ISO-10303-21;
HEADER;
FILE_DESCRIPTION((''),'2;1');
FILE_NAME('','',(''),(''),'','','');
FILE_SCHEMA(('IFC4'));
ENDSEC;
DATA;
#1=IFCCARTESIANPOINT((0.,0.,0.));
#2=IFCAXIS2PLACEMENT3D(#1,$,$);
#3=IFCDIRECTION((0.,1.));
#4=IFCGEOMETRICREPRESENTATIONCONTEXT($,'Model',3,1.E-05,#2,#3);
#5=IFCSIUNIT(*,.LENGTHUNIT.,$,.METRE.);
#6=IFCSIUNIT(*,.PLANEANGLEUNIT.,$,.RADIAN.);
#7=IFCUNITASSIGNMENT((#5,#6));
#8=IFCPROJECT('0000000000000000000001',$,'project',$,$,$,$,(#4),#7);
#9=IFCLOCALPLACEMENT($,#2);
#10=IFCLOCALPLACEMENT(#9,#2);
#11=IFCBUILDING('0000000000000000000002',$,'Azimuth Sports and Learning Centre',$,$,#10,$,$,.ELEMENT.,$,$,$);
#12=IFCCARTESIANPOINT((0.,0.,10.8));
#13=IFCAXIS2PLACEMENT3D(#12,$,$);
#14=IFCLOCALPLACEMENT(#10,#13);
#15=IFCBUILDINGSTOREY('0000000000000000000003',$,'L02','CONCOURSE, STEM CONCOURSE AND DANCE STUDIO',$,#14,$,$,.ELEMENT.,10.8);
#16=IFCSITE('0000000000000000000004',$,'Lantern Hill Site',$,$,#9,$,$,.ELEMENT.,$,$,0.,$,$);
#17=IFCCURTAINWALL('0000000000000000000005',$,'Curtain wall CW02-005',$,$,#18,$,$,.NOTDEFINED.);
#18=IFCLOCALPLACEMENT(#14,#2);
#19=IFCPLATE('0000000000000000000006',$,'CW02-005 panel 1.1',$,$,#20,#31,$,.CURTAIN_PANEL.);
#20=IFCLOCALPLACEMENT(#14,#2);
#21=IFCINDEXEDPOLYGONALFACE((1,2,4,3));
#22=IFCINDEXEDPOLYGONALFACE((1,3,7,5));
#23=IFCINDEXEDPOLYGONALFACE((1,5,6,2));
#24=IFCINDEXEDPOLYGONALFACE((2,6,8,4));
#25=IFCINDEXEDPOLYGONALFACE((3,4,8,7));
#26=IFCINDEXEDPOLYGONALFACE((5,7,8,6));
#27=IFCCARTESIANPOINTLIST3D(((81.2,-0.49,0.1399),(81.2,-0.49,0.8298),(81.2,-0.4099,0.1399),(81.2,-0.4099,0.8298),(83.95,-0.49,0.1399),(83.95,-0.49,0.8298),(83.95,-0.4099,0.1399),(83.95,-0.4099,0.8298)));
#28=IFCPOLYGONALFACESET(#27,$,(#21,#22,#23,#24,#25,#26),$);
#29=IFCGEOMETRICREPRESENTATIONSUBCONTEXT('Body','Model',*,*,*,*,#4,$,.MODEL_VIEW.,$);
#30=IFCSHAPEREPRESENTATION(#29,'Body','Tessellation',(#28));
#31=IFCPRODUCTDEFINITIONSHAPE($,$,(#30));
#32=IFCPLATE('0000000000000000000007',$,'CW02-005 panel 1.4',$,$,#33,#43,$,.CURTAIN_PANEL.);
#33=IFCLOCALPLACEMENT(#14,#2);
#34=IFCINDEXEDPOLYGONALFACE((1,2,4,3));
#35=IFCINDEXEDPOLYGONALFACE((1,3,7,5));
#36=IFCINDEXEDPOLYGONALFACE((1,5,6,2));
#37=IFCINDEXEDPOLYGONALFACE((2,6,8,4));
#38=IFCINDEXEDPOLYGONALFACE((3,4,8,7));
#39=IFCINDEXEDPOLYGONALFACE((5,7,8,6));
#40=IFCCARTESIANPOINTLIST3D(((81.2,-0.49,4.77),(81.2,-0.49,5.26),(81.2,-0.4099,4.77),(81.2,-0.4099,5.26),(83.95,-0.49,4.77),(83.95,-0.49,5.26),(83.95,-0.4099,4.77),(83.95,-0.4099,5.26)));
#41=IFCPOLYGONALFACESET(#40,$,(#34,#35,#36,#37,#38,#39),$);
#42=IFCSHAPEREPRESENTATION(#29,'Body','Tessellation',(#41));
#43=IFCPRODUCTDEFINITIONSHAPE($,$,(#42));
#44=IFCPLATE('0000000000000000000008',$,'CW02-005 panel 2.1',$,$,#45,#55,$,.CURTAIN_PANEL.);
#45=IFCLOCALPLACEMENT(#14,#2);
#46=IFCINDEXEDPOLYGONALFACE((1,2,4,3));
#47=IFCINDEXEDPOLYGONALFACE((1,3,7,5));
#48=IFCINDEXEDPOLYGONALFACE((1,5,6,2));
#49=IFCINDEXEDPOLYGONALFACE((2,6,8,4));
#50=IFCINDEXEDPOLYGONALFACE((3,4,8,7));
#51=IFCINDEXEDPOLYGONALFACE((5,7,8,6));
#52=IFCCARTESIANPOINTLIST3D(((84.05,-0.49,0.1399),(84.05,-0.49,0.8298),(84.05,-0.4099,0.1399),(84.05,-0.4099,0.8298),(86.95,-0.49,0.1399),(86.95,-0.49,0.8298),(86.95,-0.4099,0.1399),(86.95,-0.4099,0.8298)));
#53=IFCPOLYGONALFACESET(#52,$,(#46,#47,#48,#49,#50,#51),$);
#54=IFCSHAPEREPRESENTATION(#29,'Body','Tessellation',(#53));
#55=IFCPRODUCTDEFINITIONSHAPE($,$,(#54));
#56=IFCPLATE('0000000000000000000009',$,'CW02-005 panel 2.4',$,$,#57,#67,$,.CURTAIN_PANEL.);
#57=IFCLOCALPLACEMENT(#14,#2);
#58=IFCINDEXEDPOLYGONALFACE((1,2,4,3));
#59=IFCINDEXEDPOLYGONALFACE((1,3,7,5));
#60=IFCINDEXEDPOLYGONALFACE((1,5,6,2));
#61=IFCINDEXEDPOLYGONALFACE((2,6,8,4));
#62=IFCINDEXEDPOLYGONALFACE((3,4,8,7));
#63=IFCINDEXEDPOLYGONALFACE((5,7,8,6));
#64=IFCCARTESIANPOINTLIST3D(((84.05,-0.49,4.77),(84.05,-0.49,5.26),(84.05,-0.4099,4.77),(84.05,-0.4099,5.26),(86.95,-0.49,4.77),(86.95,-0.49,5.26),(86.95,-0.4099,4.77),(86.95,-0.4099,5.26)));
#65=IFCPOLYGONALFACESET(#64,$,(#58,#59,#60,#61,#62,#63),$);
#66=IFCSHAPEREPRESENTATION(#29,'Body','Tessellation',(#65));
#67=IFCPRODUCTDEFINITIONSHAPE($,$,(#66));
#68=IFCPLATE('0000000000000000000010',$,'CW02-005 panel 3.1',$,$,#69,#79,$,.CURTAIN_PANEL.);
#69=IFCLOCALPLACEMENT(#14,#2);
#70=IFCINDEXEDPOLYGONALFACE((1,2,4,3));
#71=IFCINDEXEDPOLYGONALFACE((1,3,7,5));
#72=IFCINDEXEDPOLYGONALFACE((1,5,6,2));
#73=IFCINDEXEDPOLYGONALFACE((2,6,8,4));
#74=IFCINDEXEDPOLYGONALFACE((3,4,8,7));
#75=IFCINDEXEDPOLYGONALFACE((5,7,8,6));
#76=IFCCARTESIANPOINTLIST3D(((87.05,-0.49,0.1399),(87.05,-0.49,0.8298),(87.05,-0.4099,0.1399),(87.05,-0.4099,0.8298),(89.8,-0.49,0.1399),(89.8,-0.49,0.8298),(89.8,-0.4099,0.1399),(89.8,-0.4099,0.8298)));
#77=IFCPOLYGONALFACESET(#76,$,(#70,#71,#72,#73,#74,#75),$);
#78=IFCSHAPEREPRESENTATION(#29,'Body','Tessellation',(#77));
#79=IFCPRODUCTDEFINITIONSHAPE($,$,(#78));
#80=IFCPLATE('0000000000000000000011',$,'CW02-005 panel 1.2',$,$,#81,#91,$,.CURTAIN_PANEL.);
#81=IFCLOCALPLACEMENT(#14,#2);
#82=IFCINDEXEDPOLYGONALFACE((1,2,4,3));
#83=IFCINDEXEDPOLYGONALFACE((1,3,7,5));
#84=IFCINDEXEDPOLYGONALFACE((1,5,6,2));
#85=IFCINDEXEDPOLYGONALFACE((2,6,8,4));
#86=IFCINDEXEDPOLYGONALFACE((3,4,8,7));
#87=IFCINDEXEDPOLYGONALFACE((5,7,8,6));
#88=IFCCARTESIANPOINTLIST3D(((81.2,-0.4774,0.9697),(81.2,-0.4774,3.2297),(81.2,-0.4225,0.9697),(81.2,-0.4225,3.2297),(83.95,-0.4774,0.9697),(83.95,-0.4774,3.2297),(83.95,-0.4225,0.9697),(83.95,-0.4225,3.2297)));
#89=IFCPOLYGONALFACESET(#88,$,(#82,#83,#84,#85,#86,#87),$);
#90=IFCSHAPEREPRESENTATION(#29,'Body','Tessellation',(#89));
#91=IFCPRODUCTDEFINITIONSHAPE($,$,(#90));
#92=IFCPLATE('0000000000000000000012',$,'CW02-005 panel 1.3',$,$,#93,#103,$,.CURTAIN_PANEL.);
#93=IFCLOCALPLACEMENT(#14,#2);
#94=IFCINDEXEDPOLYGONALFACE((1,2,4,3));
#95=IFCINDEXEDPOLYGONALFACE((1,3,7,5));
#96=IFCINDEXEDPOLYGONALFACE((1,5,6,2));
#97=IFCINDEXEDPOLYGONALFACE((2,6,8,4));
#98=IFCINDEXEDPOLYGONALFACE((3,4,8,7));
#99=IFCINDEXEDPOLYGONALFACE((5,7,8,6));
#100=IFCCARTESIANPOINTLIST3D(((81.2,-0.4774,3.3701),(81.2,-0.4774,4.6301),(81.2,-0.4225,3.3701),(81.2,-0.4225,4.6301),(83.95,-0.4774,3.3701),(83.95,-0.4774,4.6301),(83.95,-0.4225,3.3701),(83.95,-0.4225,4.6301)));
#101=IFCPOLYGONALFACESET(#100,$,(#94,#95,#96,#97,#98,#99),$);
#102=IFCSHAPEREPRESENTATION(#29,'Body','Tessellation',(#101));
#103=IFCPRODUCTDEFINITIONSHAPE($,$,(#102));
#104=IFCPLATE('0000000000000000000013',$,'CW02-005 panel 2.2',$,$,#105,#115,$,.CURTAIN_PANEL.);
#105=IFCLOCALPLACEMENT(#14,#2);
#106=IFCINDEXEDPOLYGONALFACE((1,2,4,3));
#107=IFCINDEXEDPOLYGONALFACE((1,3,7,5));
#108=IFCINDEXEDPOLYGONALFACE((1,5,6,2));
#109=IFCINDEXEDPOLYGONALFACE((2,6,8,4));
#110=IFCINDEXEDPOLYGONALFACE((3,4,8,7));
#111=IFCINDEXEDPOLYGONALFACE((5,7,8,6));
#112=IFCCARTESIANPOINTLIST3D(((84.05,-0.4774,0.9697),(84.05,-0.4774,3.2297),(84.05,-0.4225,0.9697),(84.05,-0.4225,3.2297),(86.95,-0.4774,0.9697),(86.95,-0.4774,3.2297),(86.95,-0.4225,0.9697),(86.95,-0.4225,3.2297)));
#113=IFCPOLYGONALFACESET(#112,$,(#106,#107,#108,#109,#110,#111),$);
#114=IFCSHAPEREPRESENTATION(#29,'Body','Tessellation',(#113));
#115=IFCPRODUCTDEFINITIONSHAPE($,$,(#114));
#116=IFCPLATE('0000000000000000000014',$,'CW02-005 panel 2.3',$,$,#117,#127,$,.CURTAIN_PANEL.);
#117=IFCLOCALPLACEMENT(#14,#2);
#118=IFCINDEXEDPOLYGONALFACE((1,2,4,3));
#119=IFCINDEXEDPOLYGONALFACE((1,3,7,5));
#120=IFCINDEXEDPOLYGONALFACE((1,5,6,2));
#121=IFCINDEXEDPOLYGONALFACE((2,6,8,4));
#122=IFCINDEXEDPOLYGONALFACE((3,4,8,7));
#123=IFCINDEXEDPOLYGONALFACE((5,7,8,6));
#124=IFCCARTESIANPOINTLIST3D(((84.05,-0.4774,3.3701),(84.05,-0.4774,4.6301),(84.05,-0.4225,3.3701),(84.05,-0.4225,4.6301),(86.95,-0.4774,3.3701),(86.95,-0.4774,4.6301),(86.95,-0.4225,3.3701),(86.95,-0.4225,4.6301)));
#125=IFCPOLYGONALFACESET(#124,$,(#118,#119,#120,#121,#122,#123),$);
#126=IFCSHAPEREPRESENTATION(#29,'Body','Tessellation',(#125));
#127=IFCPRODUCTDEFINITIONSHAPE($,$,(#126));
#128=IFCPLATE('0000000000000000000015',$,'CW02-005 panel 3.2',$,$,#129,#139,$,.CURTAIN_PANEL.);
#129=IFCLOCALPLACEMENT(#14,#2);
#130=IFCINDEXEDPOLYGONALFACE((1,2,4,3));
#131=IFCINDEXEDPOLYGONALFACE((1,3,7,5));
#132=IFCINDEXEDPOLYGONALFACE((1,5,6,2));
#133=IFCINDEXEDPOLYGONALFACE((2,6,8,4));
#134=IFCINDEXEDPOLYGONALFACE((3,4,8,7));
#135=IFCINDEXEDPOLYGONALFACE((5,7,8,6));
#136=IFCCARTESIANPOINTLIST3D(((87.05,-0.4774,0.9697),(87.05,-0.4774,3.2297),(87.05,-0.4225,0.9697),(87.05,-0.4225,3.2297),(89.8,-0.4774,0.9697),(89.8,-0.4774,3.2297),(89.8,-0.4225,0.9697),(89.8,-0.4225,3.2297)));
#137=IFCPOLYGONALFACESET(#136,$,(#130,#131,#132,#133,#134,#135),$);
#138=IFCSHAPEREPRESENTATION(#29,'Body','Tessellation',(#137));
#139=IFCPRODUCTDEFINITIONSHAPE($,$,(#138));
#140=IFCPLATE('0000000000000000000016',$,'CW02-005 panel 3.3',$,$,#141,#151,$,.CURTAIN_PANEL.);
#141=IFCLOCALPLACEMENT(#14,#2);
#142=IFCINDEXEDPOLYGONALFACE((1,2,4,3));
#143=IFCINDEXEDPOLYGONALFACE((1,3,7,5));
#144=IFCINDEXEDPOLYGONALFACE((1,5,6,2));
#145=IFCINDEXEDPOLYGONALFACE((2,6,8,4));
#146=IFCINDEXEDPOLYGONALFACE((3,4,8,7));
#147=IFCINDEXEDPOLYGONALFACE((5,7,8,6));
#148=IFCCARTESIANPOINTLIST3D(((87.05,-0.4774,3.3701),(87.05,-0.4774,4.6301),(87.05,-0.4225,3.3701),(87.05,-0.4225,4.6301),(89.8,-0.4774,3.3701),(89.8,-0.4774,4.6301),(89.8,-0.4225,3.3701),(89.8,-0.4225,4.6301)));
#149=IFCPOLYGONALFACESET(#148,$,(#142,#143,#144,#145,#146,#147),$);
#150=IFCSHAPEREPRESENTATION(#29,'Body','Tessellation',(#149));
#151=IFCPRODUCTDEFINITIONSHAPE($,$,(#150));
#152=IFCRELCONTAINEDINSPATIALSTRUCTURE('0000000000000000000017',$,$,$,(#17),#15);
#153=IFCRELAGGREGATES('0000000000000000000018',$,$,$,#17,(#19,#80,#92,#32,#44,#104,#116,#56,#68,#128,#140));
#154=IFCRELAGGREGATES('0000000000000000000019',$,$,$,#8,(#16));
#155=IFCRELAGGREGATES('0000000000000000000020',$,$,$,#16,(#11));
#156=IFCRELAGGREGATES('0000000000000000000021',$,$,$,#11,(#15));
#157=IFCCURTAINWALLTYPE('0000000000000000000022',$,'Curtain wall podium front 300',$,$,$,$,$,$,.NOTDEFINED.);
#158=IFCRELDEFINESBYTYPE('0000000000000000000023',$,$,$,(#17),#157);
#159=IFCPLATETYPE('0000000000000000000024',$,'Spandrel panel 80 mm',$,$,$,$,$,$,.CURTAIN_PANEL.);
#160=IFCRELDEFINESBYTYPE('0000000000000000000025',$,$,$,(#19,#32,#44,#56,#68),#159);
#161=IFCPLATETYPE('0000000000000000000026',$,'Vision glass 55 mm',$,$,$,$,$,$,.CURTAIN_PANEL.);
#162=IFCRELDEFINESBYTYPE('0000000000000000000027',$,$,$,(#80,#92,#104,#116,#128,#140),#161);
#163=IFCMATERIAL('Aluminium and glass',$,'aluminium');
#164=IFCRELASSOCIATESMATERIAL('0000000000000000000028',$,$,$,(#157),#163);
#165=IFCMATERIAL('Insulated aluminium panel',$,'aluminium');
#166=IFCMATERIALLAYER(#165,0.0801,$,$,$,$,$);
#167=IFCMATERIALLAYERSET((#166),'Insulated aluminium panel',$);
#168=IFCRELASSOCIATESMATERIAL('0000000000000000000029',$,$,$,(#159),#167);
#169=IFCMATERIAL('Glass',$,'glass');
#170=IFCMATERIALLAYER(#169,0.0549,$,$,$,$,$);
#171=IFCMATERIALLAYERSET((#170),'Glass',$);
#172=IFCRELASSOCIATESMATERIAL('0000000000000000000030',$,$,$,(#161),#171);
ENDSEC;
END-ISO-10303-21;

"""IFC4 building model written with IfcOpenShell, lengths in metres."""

from ifc_helpers import new_model, si_unit, direction, frame, origin, origin_2d, place, context, subcontext, project, spatial, rectangle, extrude, material, layer, layer_set, type_object, element, aggregate, save


model = new_model("IFC4")

# Units and contexts
model_context = context("Model", 3, precision=1e-05, world=origin(), true_north=direction((0.0, 1.0)))
body_context = subcontext(model_context, "Body", "Model", "MODEL_VIEW")
ifc_project = project(units=[si_unit("LENGTHUNIT", "METRE"), si_unit("PLANEANGLEUNIT", "RADIAN")], contexts=[model_context])

# Site, building, storey
site_placement = place(None, origin())
site = spatial("IfcSite", under=ifc_project, at=site_placement, Name="Lantern Hill Site", CompositionType="ELEMENT", RefElevation=0.0)
building_placement = place(site_placement, origin())
building = spatial("IfcBuilding", under=site, at=building_placement, Name="Azimuth Sports and Learning Centre", CompositionType="ELEMENT")
storey_placement = place(building_placement, frame((0.0, 0.0, 10.8)))
storey = spatial("IfcBuildingStorey", under=building, at=storey_placement, Name="L02", Description="CONCOURSE, STEM CONCOURSE AND DANCE STUDIO", CompositionType="ELEMENT", Elevation=10.8)

# Curtain wall, plates
ifc_material_1 = material(Name="Aluminium and glass", Category="aluminium")
curtain_wall_type = type_object("IfcCurtainWallType", Name="Curtain wall podium front 300", PredefinedType="NOTDEFINED", material=ifc_material_1)
curtain_wall_placement = place(storey_placement, origin())
curtain_wall = element("IfcCurtainWall", 1, at=curtain_wall_placement, inside=storey, type_object=curtain_wall_type, Name="Curtain wall CW02-005", PredefinedType="NOTDEFINED")
ifc_material_2 = material(Name="Insulated aluminium panel", Category="aluminium")
ifc_layer_1 = layer(ifc_material_2, 0.0801)
ifc_layer_set_1 = layer_set([ifc_layer_1], Name="Insulated aluminium panel")
plate_type_1 = type_object("IfcPlateType", Name="Spandrel panel 80 mm", PredefinedType="CURTAIN_PANEL", material=ifc_layer_set_1)
plate_1_placement = place(storey_placement, frame((82.575, -0.45, 0.1399), z_axis=(0.0, 0.0, 1.0), x_axis=(1.0, 0.0, 0.0)))
plate_1 = element("IfcPlate", 2, at=plate_1_placement, type_object=plate_type_1, Name="CW02-005 panel 1.1", PredefinedType="CURTAIN_PANEL", context=body_context, shape_type="SweptSolid", body=[
    extrude(rectangle(XDim=2.75, YDim=0.0801, at=origin_2d()), origin(), (0.0, 0.0, 1.0), 0.6899),
])
plate_2_placement = place(storey_placement, frame((82.575, -0.45, 4.77), z_axis=(0.0, 0.0, 1.0), x_axis=(1.0, 0.0, 0.0)))
plate_2 = element("IfcPlate", 3, at=plate_2_placement, type_object=plate_type_1, Name="CW02-005 panel 1.4", PredefinedType="CURTAIN_PANEL", context=body_context, shape_type="SweptSolid", body=[
    extrude(rectangle(XDim=2.75, YDim=0.0801, at=origin_2d()), origin(), (0.0, 0.0, 1.0), 0.49),
])
plate_3_placement = place(storey_placement, frame((85.5, -0.45, 0.1399), z_axis=(0.0, 0.0, 1.0), x_axis=(1.0, 0.0, 0.0)))
plate_3 = element("IfcPlate", 4, at=plate_3_placement, type_object=plate_type_1, Name="CW02-005 panel 2.1", PredefinedType="CURTAIN_PANEL", context=body_context, shape_type="SweptSolid", body=[
    extrude(rectangle(XDim=2.8999, YDim=0.0801, at=origin_2d()), origin(), (0.0, 0.0, 1.0), 0.6899),
])
plate_4_placement = place(storey_placement, frame((85.5, -0.45, 4.77), z_axis=(0.0, 0.0, 1.0), x_axis=(1.0, 0.0, 0.0)))
plate_4 = element("IfcPlate", 5, at=plate_4_placement, type_object=plate_type_1, Name="CW02-005 panel 2.4", PredefinedType="CURTAIN_PANEL", context=body_context, shape_type="SweptSolid", body=[
    extrude(rectangle(XDim=2.8999, YDim=0.0801, at=origin_2d()), origin(), (0.0, 0.0, 1.0), 0.49),
])
plate_5_placement = place(storey_placement, frame((88.425, -0.45, 0.1399), z_axis=(0.0, 0.0, 1.0), x_axis=(1.0, 0.0, 0.0)))
plate_5 = element("IfcPlate", 6, at=plate_5_placement, type_object=plate_type_1, Name="CW02-005 panel 3.1", PredefinedType="CURTAIN_PANEL", context=body_context, shape_type="SweptSolid", body=[
    extrude(rectangle(XDim=2.75, YDim=0.0801, at=origin_2d()), origin(), (0.0, 0.0, 1.0), 0.6899),
])
ifc_material_3 = material(Name="Glass", Category="glass")
ifc_layer_2 = layer(ifc_material_3, 0.0549)
ifc_layer_set_2 = layer_set([ifc_layer_2], Name="Glass")
plate_type_2 = type_object("IfcPlateType", Name="Vision glass 55 mm", PredefinedType="CURTAIN_PANEL", material=ifc_layer_set_2)
plate_6_placement = place(storey_placement, frame((82.575, -0.45, 0.9697), z_axis=(0.0, 0.0, 1.0), x_axis=(1.0, 0.0, 0.0)))
plate_6 = element("IfcPlate", 7, at=plate_6_placement, type_object=plate_type_2, Name="CW02-005 panel 1.2", PredefinedType="CURTAIN_PANEL", context=body_context, shape_type="SweptSolid", body=[
    extrude(rectangle(XDim=2.75, YDim=0.0549, at=origin_2d()), origin(), (0.0, 0.0, 1.0), 2.26),
])
plate_7_placement = place(storey_placement, frame((82.575, -0.45, 3.3701), z_axis=(0.0, 0.0, 1.0), x_axis=(1.0, 0.0, 0.0)))
plate_7 = element("IfcPlate", 8, at=plate_7_placement, type_object=plate_type_2, Name="CW02-005 panel 1.3", PredefinedType="CURTAIN_PANEL", context=body_context, shape_type="SweptSolid", body=[
    extrude(rectangle(XDim=2.75, YDim=0.0549, at=origin_2d()), origin(), (0.0, 0.0, 1.0), 1.26),
])
plate_8_placement = place(storey_placement, frame((85.5, -0.45, 0.9697), z_axis=(0.0, 0.0, 1.0), x_axis=(1.0, 0.0, 0.0)))
plate_8 = element("IfcPlate", 9, at=plate_8_placement, type_object=plate_type_2, Name="CW02-005 panel 2.2", PredefinedType="CURTAIN_PANEL", context=body_context, shape_type="SweptSolid", body=[
    extrude(rectangle(XDim=2.8999, YDim=0.0549, at=origin_2d()), origin(), (0.0, 0.0, 1.0), 2.26),
])
plate_9_placement = place(storey_placement, frame((85.5, -0.45, 3.3701), z_axis=(0.0, 0.0, 1.0), x_axis=(1.0, 0.0, 0.0)))
plate_9 = element("IfcPlate", 10, at=plate_9_placement, type_object=plate_type_2, Name="CW02-005 panel 2.3", PredefinedType="CURTAIN_PANEL", context=body_context, shape_type="SweptSolid", body=[
    extrude(rectangle(XDim=2.8999, YDim=0.0549, at=origin_2d()), origin(), (0.0, 0.0, 1.0), 1.26),
])
plate_10_placement = place(storey_placement, frame((88.425, -0.45, 0.9697), z_axis=(0.0, 0.0, 1.0), x_axis=(1.0, 0.0, 0.0)))
plate_10 = element("IfcPlate", 11, at=plate_10_placement, type_object=plate_type_2, Name="CW02-005 panel 3.2", PredefinedType="CURTAIN_PANEL", context=body_context, shape_type="SweptSolid", body=[
    extrude(rectangle(XDim=2.75, YDim=0.0549, at=origin_2d()), origin(), (0.0, 0.0, 1.0), 2.26),
])
plate_11_placement = place(storey_placement, frame((88.425, -0.45, 3.3701), z_axis=(0.0, 0.0, 1.0), x_axis=(1.0, 0.0, 0.0)))
plate_11 = element("IfcPlate", 12, at=plate_11_placement, type_object=plate_type_2, Name="CW02-005 panel 3.3", PredefinedType="CURTAIN_PANEL", context=body_context, shape_type="SweptSolid", body=[
    extrude(rectangle(XDim=2.75, YDim=0.0549, at=origin_2d()), origin(), (0.0, 0.0, 1.0), 1.26),
])
aggregate(curtain_wall, [plate_1, plate_6, plate_7, plate_2, plate_3, plate_8, plate_9, plate_4, plate_5, plate_10, plate_11])

save(model, "model.ifc")
